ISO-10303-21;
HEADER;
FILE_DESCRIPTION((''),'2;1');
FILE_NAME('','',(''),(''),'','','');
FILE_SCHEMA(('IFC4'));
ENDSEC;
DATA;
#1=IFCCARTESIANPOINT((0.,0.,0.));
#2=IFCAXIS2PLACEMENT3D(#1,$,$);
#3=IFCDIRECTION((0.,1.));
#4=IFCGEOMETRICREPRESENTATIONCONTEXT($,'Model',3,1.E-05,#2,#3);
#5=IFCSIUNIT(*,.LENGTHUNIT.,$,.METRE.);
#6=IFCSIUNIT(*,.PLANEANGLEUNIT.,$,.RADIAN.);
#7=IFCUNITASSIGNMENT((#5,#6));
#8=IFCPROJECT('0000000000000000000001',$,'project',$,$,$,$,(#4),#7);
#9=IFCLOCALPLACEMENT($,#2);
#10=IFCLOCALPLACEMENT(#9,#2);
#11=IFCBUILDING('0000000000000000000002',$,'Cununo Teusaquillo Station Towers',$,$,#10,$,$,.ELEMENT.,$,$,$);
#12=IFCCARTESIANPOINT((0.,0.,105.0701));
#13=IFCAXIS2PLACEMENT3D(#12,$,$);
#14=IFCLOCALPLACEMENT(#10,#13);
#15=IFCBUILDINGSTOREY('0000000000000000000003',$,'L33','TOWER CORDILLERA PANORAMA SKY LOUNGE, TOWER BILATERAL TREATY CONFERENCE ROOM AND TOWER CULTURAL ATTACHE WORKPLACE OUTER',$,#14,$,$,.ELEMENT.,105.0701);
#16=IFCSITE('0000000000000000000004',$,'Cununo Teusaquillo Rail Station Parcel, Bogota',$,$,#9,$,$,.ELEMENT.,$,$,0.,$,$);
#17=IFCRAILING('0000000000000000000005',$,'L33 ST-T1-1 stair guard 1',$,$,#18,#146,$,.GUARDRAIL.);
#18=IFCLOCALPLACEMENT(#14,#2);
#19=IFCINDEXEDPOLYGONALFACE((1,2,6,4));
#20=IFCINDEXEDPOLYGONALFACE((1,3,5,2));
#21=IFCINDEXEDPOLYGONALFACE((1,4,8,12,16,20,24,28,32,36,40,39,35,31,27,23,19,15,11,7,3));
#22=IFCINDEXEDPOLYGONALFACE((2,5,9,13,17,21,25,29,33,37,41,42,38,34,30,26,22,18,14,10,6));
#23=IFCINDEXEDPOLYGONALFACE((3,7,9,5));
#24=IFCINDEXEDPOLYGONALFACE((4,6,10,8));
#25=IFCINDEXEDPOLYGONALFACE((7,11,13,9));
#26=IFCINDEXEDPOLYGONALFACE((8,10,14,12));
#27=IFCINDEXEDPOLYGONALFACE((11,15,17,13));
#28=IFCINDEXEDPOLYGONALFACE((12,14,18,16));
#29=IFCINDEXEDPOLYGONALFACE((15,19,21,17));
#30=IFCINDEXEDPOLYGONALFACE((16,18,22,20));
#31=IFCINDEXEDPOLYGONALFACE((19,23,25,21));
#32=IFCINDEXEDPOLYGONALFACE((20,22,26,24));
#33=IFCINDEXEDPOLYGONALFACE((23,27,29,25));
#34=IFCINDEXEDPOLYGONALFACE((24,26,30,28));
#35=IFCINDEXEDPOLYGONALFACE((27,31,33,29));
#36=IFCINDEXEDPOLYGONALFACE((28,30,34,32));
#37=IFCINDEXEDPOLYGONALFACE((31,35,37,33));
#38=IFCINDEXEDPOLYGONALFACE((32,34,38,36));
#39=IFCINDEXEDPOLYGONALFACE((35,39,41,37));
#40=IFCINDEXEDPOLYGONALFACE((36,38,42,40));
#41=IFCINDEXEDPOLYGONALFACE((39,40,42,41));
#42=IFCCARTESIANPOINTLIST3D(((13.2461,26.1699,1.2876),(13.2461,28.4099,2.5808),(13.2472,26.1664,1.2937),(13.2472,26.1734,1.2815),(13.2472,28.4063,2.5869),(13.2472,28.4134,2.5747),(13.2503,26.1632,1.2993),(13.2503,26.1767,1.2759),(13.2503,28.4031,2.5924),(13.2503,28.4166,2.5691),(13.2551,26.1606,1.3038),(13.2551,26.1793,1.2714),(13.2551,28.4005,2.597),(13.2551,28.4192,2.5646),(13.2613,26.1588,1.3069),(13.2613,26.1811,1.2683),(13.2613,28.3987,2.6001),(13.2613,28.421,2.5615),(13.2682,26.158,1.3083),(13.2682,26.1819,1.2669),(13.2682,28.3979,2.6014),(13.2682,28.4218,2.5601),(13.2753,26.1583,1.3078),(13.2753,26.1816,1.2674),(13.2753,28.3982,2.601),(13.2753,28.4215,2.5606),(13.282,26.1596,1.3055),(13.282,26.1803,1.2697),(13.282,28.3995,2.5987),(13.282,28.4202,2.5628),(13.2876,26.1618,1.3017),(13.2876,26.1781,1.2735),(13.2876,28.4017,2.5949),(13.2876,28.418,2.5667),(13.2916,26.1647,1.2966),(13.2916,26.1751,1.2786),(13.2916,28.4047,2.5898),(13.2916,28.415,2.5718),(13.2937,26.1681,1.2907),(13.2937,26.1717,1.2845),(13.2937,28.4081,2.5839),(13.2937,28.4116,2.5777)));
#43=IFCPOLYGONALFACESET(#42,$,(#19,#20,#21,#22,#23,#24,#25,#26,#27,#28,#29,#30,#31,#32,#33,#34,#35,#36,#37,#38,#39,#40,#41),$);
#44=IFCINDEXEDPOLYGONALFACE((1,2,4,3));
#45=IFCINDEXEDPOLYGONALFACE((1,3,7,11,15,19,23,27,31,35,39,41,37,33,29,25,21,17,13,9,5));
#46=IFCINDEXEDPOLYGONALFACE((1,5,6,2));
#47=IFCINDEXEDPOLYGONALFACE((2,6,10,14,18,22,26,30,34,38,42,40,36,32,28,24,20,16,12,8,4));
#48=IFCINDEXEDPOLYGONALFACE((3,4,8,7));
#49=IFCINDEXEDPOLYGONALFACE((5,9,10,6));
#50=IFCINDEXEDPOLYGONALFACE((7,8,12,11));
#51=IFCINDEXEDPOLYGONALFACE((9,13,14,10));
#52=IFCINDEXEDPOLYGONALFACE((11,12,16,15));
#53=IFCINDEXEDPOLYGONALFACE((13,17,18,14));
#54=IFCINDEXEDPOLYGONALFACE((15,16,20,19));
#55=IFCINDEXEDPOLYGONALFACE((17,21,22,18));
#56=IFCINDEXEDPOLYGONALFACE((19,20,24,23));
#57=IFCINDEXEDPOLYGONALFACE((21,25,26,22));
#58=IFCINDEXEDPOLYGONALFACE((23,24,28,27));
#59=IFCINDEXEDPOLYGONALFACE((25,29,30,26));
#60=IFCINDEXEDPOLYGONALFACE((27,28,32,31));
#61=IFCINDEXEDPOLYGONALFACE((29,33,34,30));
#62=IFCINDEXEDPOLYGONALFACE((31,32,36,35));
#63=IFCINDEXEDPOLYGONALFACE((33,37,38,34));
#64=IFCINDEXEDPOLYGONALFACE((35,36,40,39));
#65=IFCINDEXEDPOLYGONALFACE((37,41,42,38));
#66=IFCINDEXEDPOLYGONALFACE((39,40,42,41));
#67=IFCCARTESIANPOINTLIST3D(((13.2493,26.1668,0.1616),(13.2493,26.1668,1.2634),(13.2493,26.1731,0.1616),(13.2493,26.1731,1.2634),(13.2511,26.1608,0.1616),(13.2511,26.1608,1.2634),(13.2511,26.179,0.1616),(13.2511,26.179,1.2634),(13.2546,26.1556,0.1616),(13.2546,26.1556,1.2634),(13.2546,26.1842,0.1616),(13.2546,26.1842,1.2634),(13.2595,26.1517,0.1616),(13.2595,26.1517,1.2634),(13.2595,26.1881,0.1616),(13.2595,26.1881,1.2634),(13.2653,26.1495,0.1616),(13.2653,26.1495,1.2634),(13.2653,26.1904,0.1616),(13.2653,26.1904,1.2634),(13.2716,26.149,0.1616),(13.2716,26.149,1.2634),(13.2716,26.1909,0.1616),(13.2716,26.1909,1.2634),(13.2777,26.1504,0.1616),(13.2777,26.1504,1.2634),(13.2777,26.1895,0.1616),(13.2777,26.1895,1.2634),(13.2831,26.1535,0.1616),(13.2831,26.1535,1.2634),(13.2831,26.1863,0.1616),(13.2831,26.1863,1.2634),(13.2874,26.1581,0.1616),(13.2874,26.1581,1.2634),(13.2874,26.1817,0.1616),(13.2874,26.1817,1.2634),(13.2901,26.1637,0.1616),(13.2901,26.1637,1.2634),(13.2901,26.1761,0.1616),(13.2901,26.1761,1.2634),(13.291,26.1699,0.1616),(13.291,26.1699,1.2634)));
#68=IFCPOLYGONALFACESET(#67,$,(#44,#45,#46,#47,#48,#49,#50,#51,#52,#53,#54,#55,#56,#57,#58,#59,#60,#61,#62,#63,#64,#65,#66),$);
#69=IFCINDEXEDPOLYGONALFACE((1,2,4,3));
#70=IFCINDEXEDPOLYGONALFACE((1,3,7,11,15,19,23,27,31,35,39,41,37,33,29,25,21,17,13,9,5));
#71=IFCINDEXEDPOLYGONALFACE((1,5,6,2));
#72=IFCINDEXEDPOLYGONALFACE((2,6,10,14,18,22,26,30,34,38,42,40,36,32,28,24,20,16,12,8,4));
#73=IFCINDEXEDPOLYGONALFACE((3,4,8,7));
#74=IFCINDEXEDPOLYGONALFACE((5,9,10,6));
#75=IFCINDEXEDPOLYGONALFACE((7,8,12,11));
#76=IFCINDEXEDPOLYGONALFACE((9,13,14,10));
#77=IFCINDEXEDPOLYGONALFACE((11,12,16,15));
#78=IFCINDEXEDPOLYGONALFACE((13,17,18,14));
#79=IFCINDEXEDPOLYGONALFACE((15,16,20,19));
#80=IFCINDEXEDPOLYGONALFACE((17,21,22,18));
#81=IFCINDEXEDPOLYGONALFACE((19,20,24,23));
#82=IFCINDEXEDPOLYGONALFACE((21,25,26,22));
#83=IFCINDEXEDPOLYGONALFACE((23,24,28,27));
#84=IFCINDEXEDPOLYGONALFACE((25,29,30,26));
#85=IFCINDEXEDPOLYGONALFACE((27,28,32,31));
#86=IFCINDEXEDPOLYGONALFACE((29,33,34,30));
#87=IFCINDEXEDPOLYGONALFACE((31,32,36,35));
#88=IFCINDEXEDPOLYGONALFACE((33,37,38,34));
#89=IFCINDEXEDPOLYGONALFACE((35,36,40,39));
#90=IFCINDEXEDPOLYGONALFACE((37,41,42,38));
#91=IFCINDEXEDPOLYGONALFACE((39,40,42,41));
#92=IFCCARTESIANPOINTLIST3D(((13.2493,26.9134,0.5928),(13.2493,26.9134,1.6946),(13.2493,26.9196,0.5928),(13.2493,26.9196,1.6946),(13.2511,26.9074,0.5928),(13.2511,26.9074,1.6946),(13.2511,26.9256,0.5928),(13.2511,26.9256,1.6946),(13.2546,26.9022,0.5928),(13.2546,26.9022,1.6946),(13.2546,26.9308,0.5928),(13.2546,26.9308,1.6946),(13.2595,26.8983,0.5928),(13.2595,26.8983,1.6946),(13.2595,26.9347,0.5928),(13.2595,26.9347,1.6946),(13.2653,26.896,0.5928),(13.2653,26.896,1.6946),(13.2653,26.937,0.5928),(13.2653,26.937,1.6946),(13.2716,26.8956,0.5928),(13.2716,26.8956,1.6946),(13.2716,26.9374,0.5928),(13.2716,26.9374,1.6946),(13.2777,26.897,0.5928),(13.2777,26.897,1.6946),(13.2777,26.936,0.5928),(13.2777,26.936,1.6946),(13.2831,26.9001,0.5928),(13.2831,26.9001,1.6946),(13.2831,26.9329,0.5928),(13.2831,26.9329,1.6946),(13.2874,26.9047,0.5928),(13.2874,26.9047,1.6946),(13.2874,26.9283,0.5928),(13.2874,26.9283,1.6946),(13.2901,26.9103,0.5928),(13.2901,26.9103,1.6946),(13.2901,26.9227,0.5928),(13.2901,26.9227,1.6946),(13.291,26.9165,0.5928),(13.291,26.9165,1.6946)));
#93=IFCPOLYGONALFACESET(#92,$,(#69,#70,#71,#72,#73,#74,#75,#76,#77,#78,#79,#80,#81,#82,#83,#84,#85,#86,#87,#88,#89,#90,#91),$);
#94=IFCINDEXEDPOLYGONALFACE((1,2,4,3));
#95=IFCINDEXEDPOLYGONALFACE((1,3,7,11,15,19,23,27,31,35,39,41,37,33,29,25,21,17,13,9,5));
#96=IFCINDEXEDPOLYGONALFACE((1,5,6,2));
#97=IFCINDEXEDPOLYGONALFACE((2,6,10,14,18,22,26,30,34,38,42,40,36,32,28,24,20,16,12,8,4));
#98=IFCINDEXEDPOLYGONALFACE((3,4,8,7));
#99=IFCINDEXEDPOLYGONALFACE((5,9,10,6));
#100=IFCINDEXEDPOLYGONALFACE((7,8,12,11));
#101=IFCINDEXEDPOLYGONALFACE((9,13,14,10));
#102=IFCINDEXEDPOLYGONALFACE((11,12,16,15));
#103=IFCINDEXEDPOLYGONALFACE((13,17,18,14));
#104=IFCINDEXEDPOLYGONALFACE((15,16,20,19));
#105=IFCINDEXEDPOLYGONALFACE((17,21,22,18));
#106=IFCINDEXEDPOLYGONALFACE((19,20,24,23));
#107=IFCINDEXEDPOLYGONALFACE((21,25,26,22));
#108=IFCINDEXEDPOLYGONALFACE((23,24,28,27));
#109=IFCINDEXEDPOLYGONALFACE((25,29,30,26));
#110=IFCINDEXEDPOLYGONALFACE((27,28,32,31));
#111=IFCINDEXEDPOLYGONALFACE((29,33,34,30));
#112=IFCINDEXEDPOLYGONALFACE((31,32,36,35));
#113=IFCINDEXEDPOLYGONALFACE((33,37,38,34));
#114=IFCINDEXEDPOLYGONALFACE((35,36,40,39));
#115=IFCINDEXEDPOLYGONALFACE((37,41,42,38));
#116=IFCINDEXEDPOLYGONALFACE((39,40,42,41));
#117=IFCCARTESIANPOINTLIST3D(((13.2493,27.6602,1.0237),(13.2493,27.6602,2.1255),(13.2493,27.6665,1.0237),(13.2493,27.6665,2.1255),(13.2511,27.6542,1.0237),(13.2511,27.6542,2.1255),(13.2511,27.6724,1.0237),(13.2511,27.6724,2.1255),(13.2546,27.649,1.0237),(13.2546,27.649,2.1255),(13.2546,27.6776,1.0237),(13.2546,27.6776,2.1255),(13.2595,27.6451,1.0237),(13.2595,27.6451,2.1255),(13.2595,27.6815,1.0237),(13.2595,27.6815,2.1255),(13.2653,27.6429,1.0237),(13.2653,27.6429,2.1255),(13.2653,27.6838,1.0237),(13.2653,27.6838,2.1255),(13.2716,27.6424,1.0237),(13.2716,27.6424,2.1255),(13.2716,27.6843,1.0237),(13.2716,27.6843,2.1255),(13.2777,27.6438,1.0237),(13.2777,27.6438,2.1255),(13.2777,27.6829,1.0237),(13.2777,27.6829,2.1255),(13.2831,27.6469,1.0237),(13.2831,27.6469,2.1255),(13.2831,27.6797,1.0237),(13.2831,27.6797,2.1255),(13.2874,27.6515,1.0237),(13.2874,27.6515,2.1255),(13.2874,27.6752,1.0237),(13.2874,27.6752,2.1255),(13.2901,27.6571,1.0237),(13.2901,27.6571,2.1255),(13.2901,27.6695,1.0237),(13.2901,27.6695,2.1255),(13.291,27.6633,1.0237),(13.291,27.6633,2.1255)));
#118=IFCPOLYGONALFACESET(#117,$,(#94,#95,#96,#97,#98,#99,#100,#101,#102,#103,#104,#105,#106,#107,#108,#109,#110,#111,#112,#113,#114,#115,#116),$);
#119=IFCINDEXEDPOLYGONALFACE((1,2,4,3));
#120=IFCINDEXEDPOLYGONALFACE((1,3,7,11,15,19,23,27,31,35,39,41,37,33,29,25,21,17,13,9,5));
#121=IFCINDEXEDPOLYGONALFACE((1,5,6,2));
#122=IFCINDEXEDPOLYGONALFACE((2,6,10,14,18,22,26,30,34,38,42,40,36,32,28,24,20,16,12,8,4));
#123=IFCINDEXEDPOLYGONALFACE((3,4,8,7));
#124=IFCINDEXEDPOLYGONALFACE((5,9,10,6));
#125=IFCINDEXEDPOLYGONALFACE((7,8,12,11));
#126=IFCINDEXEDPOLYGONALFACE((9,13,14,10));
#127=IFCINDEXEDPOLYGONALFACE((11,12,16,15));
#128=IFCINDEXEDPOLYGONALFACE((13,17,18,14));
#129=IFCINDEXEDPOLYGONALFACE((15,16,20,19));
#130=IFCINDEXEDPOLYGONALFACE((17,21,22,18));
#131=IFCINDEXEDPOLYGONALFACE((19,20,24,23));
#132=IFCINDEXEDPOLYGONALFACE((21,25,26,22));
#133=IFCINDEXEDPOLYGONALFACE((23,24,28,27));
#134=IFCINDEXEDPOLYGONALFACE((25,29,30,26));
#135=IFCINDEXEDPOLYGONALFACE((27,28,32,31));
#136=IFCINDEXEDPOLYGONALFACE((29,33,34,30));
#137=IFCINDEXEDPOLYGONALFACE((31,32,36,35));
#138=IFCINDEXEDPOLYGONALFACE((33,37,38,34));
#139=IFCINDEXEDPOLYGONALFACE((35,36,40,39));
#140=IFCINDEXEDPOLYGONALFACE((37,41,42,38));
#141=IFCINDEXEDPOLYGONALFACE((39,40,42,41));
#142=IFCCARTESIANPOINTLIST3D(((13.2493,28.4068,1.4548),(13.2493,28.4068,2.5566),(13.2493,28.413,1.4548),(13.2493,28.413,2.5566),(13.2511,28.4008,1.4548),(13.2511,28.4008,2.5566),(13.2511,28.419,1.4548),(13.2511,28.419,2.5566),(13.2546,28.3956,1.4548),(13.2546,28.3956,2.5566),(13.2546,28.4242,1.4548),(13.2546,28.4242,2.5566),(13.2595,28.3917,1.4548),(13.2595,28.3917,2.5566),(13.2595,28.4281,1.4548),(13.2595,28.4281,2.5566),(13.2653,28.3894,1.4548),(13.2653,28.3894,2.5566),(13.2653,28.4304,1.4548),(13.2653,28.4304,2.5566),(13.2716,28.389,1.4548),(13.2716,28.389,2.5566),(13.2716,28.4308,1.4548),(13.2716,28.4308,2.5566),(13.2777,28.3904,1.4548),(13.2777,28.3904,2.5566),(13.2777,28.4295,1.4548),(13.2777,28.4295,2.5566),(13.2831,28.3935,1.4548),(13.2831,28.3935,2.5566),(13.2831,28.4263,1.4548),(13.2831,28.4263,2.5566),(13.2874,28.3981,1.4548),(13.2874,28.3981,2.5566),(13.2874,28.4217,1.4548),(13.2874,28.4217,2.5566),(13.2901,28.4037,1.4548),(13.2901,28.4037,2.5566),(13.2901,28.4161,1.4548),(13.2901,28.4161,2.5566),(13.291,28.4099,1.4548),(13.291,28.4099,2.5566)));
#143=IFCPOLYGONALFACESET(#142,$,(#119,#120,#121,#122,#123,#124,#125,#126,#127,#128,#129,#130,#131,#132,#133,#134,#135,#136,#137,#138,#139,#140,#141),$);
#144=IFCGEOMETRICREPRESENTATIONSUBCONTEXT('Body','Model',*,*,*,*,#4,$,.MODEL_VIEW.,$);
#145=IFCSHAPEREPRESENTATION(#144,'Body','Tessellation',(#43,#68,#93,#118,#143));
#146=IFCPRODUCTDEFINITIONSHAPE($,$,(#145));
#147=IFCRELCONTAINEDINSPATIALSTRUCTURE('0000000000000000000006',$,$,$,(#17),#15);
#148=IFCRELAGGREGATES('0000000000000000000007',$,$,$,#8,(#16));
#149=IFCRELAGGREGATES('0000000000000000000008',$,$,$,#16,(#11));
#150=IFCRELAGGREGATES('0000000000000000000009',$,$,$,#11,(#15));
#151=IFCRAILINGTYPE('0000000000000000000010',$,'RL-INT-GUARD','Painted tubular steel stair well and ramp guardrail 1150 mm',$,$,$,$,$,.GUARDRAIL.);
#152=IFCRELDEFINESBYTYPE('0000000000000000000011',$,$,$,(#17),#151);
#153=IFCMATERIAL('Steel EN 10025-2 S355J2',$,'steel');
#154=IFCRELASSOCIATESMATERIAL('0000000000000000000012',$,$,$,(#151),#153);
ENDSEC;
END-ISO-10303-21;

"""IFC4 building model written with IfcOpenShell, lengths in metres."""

from ifc_helpers import new_model, si_unit, direction, frame, origin, origin_2d, place, context, subcontext, project, spatial, circle, extrude, material, type_object, element, save


model = new_model("IFC4")

# Units and contexts
model_context = context("Model", 3, precision=1e-05, world=origin(), true_north=direction((0.0, 1.0)))
body_context = subcontext(model_context, "Body", "Model", "MODEL_VIEW")
ifc_project = project(units=[si_unit("LENGTHUNIT", "METRE"), si_unit("PLANEANGLEUNIT", "RADIAN")], contexts=[model_context])

# Site, building, storey
site_placement = place(None, origin())
site = spatial("IfcSite", under=ifc_project, at=site_placement, Name="Cununo Teusaquillo Rail Station Parcel, Bogota", CompositionType="ELEMENT", RefElevation=0.0)
building_placement = place(site_placement, origin())
building = spatial("IfcBuilding", under=site, at=building_placement, Name="Cununo Teusaquillo Station Towers", CompositionType="ELEMENT")
storey_placement = place(building_placement, frame((0.0, 0.0, 105.0701)))
storey = spatial("IfcBuildingStorey", under=building, at=storey_placement, Name="L33", Description="TOWER CORDILLERA PANORAMA SKY LOUNGE, TOWER BILATERAL TREATY CONFERENCE ROOM AND TOWER CULTURAL ATTACHE WORKPLACE OUTER", CompositionType="ELEMENT", Elevation=105.0701)

# Railing
ifc_material_1 = material(Name="Steel EN 10025-2 S355J2", Category="steel")
railing_type_1 = type_object("IfcRailingType", Name="RL-INT-GUARD", Description="Painted tubular steel stair well and ramp guardrail 1150 mm", PredefinedType="GUARDRAIL", material=ifc_material_1)
railing_1_placement = place(storey_placement, frame((13.27, 26.1699, 0.1616)))
element("IfcRailing", 1, at=railing_1_placement, inside=storey, type_object=railing_type_1, Name="L33 ST-T1-1 stair guard 1", PredefinedType="GUARDRAIL", context=body_context, shape_type="SweptSolid", body=[
    extrude(circle(Radius=0.0239, at=origin_2d()), frame((0.0, 0.0, 1.126), z_axis=(0.0, 0.866033, 0.499987), x_axis=(-1.0, 0.0, 0.0)), (0.0, 0.0, 1.0), 2.5864),
    extrude(circle(Radius=0.021, at=origin_2d()), origin(), (0.0, 0.0, 1.0), 1.1018),
    extrude(circle(Radius=0.021, at=origin_2d()), frame((0.0, 0.7466, 0.4312)), (0.0, 0.0, 1.0), 1.1018),
    extrude(circle(Radius=0.021, at=origin_2d()), frame((0.0, 1.4934, 0.8621)), (0.0, 0.0, 1.0), 1.1018),
    extrude(circle(Radius=0.021, at=origin_2d()), frame((0.0, 2.24, 1.2932)), (0.0, 0.0, 1.0), 1.1018),
])

save(model, "model.ifc")
